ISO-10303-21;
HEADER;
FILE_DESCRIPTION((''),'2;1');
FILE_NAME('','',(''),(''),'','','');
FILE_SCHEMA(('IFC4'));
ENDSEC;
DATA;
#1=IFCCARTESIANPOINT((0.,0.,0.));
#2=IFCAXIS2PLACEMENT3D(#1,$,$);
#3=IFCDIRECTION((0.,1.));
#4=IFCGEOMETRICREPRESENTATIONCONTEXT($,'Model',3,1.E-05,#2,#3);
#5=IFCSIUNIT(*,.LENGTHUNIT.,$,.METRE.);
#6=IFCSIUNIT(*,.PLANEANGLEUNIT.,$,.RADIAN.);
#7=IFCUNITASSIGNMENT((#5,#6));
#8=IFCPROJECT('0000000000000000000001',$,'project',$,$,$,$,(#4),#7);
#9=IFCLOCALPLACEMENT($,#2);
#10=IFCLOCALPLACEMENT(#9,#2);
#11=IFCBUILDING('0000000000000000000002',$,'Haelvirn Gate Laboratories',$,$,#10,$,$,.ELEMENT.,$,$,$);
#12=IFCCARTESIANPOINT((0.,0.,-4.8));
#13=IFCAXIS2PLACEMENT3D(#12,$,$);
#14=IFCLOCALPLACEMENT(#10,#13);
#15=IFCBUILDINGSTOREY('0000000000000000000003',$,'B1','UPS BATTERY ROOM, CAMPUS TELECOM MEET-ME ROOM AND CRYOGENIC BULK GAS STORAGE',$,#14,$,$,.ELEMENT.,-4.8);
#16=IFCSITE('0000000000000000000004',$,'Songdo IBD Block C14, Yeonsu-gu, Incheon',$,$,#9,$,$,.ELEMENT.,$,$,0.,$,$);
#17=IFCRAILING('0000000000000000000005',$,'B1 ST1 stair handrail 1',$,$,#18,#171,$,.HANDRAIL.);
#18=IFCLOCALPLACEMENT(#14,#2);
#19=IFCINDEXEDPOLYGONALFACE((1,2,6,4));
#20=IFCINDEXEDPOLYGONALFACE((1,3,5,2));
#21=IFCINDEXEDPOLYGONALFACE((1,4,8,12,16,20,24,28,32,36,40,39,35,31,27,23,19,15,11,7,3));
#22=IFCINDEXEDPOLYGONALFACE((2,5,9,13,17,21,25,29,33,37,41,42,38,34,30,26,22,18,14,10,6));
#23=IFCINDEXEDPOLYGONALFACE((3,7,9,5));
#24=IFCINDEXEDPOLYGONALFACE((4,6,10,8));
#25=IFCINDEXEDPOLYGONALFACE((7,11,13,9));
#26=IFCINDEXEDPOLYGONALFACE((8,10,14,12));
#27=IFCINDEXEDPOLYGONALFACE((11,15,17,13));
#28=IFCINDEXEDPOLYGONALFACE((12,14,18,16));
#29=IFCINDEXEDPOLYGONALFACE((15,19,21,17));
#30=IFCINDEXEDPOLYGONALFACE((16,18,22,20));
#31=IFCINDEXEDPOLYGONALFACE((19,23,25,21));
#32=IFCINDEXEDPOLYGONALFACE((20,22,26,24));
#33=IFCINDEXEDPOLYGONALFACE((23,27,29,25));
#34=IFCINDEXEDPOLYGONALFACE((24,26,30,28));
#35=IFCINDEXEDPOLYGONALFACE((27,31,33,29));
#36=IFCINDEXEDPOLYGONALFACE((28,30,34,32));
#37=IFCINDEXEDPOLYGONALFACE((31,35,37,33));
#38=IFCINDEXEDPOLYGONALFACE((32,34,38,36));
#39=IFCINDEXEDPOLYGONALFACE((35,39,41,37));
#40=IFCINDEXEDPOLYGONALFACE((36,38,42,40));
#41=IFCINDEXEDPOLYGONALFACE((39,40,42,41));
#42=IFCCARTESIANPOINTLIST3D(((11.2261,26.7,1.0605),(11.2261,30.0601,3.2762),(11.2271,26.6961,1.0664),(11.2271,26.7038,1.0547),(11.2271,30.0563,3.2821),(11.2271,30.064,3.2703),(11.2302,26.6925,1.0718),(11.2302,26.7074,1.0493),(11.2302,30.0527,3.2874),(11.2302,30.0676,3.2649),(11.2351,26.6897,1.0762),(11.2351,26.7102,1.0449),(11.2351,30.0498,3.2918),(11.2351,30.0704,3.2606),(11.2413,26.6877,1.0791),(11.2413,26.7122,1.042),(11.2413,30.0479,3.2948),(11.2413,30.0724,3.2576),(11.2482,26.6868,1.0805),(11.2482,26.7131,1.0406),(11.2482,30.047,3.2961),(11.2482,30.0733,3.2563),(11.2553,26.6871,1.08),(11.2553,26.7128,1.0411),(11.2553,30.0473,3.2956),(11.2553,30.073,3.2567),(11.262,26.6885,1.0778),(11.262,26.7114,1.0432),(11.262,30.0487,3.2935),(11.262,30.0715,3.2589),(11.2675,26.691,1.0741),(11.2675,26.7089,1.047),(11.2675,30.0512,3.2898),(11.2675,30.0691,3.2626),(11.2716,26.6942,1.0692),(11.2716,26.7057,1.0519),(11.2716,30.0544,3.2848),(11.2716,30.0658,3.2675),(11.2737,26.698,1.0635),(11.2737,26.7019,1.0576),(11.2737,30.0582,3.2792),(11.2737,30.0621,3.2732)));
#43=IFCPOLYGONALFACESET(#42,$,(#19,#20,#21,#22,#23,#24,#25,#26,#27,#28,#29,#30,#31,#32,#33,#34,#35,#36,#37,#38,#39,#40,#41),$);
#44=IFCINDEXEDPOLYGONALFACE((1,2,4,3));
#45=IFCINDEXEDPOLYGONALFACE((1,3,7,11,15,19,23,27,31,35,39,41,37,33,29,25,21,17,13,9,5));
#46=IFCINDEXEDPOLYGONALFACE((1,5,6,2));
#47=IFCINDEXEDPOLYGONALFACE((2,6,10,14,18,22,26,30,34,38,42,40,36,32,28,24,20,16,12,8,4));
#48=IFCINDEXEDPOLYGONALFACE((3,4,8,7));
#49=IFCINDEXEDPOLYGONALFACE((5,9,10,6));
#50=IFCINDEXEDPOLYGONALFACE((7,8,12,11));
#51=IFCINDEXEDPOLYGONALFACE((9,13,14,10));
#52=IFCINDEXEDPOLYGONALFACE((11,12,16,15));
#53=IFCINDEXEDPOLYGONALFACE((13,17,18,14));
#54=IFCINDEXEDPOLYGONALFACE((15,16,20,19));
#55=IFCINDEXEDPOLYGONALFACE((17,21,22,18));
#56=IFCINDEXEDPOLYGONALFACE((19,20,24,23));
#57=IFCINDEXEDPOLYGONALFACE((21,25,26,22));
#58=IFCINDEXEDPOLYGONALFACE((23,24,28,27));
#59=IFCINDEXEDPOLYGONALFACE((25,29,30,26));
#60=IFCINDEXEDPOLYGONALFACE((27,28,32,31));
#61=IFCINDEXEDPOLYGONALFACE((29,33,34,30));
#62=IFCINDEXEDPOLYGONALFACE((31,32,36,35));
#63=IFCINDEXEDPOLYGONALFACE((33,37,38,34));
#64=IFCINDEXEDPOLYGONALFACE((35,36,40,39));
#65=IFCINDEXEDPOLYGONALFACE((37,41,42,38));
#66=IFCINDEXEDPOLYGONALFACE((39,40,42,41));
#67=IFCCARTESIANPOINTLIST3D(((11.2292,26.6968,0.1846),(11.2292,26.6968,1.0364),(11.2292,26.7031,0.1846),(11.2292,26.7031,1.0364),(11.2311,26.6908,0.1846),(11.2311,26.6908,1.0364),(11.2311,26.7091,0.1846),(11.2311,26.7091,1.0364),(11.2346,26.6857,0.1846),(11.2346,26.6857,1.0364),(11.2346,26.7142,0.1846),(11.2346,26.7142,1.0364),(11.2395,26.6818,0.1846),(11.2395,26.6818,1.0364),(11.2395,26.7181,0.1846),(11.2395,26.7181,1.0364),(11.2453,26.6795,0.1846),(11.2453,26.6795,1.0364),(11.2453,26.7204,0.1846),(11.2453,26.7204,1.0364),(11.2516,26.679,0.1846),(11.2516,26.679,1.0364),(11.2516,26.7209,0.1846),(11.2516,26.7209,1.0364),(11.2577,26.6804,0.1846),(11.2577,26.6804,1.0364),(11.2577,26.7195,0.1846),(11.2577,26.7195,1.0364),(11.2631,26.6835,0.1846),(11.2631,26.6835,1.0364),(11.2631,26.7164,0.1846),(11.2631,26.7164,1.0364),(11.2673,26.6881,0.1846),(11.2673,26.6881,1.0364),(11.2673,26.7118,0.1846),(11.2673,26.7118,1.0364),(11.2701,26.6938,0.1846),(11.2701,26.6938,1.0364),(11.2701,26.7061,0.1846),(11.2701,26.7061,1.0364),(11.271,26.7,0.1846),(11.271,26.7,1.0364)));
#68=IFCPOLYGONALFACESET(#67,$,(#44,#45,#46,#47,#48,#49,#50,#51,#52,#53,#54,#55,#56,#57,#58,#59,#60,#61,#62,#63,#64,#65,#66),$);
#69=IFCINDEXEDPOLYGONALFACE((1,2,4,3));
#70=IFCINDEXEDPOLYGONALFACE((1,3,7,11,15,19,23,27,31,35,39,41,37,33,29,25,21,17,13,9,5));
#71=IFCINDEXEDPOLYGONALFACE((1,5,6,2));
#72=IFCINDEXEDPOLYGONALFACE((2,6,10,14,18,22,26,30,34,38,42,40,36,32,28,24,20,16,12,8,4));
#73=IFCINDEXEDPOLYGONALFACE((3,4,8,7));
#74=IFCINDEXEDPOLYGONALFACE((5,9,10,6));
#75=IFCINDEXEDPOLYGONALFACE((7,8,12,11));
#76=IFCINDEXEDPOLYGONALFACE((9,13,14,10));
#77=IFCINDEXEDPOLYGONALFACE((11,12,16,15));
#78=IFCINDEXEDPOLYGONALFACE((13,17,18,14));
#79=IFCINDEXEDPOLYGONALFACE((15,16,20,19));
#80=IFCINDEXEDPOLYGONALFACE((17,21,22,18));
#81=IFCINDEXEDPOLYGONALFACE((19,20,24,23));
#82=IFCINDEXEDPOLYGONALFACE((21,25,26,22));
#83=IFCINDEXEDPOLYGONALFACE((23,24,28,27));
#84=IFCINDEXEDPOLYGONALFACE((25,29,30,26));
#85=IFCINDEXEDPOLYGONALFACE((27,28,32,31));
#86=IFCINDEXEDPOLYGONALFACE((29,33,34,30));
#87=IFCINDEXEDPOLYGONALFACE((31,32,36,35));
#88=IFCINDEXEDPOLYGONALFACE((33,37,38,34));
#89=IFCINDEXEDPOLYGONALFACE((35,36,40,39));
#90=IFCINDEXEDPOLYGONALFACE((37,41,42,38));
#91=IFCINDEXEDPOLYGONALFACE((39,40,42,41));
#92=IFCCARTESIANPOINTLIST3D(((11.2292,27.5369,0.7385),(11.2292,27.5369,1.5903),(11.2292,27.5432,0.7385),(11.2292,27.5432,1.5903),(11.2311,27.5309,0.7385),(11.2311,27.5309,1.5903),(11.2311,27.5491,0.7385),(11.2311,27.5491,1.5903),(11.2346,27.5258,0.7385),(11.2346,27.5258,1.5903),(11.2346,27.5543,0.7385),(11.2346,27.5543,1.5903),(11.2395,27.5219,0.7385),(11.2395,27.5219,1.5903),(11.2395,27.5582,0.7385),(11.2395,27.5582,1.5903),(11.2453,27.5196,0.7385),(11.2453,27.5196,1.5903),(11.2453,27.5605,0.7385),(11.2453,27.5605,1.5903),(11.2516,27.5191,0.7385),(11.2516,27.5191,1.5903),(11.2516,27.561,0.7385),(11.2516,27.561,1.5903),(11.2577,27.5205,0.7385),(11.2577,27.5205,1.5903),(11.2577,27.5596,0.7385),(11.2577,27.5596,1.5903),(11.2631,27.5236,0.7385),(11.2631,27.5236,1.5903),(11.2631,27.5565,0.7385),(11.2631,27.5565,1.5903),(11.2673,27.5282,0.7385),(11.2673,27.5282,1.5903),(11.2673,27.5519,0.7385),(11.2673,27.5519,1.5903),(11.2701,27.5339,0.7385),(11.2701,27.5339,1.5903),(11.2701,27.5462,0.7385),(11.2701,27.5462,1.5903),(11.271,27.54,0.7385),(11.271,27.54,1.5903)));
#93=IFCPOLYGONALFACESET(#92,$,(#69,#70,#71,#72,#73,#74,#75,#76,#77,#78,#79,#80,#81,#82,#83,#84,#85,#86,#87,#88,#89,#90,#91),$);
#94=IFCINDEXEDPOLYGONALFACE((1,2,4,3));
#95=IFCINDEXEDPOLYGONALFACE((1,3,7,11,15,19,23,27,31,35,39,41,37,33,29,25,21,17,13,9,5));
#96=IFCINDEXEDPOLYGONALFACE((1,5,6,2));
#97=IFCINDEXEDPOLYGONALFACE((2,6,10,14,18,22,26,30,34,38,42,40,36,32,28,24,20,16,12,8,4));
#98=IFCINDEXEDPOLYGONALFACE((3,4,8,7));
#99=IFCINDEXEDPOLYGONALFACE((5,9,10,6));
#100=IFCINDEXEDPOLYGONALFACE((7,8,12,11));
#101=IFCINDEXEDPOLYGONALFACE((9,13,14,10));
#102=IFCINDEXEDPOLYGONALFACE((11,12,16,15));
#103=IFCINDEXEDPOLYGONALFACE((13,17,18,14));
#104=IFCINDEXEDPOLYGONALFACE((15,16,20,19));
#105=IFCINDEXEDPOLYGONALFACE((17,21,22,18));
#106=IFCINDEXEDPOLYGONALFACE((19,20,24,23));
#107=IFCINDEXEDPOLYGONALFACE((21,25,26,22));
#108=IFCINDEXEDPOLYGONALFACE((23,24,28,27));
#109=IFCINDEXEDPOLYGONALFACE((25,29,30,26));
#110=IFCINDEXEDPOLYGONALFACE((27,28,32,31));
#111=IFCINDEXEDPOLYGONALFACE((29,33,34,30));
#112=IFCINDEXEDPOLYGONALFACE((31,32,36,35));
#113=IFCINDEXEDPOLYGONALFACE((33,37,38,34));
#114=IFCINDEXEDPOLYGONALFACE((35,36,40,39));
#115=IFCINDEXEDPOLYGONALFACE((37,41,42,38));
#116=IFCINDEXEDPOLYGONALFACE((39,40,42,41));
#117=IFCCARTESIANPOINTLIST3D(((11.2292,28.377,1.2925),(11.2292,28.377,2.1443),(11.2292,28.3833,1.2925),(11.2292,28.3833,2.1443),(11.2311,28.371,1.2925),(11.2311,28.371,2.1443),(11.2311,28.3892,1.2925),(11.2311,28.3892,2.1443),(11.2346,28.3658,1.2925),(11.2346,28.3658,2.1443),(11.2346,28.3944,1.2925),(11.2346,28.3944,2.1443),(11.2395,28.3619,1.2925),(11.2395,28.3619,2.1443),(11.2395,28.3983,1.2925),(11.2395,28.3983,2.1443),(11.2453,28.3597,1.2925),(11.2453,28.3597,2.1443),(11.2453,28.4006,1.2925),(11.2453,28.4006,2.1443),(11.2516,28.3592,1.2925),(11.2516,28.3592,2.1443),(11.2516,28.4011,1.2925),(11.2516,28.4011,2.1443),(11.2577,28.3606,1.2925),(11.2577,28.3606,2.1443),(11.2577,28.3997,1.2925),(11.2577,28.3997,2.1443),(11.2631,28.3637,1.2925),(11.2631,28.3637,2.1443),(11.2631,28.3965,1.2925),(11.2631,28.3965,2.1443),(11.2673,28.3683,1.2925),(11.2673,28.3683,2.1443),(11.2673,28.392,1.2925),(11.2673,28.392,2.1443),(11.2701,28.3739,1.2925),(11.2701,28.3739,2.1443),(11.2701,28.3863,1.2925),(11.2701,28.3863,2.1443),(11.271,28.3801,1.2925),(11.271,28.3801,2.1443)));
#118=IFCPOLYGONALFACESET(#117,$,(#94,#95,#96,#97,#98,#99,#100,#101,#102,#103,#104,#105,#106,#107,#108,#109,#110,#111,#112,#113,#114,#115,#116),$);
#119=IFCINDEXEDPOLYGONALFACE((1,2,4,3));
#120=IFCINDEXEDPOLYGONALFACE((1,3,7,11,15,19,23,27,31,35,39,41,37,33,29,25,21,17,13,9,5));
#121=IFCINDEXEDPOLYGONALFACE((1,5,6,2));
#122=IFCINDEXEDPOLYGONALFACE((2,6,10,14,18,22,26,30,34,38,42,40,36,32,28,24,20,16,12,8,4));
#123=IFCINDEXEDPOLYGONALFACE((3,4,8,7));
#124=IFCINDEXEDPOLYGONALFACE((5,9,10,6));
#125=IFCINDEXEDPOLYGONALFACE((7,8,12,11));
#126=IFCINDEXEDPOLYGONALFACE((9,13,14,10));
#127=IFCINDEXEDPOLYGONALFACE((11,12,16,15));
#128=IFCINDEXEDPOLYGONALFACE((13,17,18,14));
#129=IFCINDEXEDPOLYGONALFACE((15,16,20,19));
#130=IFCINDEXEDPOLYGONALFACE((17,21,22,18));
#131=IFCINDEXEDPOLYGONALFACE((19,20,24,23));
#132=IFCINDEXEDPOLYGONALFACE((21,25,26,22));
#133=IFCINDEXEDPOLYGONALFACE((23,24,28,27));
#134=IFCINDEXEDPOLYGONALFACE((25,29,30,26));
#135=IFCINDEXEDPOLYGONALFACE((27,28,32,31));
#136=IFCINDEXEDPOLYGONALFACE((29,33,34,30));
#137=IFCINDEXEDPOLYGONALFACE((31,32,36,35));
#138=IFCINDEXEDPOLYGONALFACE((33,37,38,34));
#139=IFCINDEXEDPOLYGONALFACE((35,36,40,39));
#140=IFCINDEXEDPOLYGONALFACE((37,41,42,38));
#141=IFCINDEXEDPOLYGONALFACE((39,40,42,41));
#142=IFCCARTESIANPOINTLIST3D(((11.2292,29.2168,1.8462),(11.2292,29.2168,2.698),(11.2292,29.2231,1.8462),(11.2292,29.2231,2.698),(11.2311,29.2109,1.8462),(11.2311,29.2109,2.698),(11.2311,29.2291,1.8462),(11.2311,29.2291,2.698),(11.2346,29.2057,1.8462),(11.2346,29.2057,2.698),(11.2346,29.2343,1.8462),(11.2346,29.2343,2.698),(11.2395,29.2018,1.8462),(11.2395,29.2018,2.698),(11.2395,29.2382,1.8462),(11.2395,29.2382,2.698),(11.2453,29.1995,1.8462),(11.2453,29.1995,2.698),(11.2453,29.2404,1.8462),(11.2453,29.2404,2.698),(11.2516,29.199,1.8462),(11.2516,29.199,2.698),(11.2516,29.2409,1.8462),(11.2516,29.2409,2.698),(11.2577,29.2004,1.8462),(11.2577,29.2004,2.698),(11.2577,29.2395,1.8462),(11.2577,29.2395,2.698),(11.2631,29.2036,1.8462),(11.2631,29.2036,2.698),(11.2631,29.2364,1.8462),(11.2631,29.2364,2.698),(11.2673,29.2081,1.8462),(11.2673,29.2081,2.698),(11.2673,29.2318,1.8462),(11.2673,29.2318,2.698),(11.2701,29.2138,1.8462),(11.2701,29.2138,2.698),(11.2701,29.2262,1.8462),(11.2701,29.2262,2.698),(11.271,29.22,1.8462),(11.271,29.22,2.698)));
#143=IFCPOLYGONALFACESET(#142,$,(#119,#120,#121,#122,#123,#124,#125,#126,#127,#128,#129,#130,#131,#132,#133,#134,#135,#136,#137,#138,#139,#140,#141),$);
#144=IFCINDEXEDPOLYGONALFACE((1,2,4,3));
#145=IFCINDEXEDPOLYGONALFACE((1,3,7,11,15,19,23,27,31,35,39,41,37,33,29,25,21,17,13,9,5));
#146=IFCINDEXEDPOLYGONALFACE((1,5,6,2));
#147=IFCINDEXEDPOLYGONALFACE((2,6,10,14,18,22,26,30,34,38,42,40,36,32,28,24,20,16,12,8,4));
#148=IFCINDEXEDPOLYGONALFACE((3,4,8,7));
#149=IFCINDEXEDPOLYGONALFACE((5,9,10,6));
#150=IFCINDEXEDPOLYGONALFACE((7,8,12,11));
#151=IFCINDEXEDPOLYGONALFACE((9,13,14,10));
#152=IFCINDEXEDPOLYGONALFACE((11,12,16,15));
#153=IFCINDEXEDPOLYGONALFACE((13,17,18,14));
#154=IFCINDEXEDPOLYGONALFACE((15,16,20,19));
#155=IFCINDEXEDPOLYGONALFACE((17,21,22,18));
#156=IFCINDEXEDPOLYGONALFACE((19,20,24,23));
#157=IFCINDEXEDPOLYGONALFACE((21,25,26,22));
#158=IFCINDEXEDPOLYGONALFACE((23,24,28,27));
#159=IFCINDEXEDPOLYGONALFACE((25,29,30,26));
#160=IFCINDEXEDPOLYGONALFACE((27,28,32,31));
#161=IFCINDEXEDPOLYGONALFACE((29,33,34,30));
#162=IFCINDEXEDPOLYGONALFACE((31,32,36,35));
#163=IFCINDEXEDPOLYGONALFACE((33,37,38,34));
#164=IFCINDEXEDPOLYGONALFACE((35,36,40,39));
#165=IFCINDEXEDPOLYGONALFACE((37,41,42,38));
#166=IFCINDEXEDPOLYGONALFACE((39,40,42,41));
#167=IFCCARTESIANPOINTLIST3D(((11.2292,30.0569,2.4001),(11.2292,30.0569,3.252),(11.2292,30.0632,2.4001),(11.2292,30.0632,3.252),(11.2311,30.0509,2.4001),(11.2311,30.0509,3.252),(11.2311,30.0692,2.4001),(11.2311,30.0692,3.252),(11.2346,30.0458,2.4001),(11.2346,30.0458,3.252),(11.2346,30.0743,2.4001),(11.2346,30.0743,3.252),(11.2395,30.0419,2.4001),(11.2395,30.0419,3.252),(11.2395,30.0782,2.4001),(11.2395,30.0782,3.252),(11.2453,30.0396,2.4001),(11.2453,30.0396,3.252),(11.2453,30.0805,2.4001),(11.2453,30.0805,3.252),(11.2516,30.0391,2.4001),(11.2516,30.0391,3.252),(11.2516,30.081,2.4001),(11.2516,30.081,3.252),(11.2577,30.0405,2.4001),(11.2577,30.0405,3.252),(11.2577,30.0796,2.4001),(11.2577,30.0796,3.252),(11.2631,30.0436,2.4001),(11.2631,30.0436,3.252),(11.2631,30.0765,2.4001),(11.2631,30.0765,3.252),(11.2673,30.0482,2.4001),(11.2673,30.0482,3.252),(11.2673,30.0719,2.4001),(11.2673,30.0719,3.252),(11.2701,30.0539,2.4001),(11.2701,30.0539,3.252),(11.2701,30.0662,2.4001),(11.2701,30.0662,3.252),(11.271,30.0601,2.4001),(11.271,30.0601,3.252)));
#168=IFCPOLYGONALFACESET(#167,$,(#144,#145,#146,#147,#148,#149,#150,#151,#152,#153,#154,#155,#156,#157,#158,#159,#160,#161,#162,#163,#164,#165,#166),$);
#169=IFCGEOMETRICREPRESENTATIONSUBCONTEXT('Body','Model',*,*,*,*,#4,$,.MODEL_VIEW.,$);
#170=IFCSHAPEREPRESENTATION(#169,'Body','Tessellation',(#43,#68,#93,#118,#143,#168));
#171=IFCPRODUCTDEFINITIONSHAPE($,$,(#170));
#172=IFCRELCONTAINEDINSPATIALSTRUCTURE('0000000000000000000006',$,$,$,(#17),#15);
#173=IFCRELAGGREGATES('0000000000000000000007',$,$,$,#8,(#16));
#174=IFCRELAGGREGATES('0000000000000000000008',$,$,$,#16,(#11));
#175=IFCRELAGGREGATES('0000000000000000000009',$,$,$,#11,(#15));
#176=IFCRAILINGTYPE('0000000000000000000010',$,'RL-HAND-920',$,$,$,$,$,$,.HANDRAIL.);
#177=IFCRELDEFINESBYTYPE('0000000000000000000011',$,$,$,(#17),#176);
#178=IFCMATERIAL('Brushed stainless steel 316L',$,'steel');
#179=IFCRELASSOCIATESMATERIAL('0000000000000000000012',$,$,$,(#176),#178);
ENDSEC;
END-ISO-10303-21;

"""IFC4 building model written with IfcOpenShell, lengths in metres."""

from ifc_helpers import new_model, si_unit, direction, frame, origin, origin_2d, place, context, subcontext, project, spatial, circle, extrude, source, transform, mapped, material, type_object, element, save


model = new_model("IFC4")

# Units and contexts
model_context = context("Model", 3, precision=1e-05, world=origin(), true_north=direction((0.0, 1.0)))
body_context = subcontext(model_context, "Body", "Model", "MODEL_VIEW")
ifc_project = project(units=[si_unit("LENGTHUNIT", "METRE"), si_unit("PLANEANGLEUNIT", "RADIAN")], contexts=[model_context])

# Site, building, storey
site_placement = place(None, origin())
site = spatial("IfcSite", under=ifc_project, at=site_placement, Name="Songdo IBD Block C14, Yeonsu-gu, Incheon", CompositionType="ELEMENT", RefElevation=0.0)
building_placement = place(site_placement, origin())
building = spatial("IfcBuilding", under=site, at=building_placement, Name="Haelvirn Gate Laboratories", CompositionType="ELEMENT")
storey_placement = place(building_placement, frame((0.0, 0.0, -4.8)))
storey = spatial("IfcBuildingStorey", under=building, at=storey_placement, Name="B1", Description="UPS BATTERY ROOM, CAMPUS TELECOM MEET-ME ROOM AND CRYOGENIC BULK GAS STORAGE", CompositionType="ELEMENT", Elevation=-4.8)

# Railing
ifc_material_1 = material(Name="Brushed stainless steel 316L", Category="steel")
railing_type_1 = type_object("IfcRailingType", Name="RL-HAND-920", PredefinedType="HANDRAIL", material=ifc_material_1)
shared_shape_1 = source(origin(), body_context, "Body", "SweptSolid", [
    extrude(circle(Radius=0.0239, at=origin_2d()), frame((0.0, 0.0, 0.876), z_axis=(0.0, 0.834849, 0.55048), x_axis=(-1.0, 0.0, 0.0)), (0.0, 0.0, 1.0), 4.0249),
    extrude(circle(Radius=0.021, at=origin_2d()), origin(), (0.0, 0.0, 1.0), 0.8518),
    extrude(circle(Radius=0.021, at=origin_2d()), frame((0.0, 0.8401, 0.554)), (0.0, 0.0, 1.0), 0.8518),
    extrude(circle(Radius=0.021, at=origin_2d()), frame((0.0, 1.6802, 1.1079)), (0.0, 0.0, 1.0), 0.8518),
    extrude(circle(Radius=0.021, at=origin_2d()), frame((0.0, 2.52, 1.6616)), (0.0, 0.0, 1.0), 0.8518),
    extrude(circle(Radius=0.021, at=origin_2d()), frame((0.0, 3.3601, 2.2156)), (0.0, 0.0, 1.0), 0.8518),
])
railing_1_placement = place(storey_placement, frame((11.25, 26.7, 0.1846)))
element("IfcRailing", 1, at=railing_1_placement, inside=storey, type_object=railing_type_1, Name="B1 ST1 stair handrail 1", PredefinedType="HANDRAIL", context=body_context, shape_type="MappedRepresentation", body=[
    mapped(shared_shape_1, transform((0.0, 0.0, 0.0), scale=1.0)),
])

save(model, "model.ifc")
